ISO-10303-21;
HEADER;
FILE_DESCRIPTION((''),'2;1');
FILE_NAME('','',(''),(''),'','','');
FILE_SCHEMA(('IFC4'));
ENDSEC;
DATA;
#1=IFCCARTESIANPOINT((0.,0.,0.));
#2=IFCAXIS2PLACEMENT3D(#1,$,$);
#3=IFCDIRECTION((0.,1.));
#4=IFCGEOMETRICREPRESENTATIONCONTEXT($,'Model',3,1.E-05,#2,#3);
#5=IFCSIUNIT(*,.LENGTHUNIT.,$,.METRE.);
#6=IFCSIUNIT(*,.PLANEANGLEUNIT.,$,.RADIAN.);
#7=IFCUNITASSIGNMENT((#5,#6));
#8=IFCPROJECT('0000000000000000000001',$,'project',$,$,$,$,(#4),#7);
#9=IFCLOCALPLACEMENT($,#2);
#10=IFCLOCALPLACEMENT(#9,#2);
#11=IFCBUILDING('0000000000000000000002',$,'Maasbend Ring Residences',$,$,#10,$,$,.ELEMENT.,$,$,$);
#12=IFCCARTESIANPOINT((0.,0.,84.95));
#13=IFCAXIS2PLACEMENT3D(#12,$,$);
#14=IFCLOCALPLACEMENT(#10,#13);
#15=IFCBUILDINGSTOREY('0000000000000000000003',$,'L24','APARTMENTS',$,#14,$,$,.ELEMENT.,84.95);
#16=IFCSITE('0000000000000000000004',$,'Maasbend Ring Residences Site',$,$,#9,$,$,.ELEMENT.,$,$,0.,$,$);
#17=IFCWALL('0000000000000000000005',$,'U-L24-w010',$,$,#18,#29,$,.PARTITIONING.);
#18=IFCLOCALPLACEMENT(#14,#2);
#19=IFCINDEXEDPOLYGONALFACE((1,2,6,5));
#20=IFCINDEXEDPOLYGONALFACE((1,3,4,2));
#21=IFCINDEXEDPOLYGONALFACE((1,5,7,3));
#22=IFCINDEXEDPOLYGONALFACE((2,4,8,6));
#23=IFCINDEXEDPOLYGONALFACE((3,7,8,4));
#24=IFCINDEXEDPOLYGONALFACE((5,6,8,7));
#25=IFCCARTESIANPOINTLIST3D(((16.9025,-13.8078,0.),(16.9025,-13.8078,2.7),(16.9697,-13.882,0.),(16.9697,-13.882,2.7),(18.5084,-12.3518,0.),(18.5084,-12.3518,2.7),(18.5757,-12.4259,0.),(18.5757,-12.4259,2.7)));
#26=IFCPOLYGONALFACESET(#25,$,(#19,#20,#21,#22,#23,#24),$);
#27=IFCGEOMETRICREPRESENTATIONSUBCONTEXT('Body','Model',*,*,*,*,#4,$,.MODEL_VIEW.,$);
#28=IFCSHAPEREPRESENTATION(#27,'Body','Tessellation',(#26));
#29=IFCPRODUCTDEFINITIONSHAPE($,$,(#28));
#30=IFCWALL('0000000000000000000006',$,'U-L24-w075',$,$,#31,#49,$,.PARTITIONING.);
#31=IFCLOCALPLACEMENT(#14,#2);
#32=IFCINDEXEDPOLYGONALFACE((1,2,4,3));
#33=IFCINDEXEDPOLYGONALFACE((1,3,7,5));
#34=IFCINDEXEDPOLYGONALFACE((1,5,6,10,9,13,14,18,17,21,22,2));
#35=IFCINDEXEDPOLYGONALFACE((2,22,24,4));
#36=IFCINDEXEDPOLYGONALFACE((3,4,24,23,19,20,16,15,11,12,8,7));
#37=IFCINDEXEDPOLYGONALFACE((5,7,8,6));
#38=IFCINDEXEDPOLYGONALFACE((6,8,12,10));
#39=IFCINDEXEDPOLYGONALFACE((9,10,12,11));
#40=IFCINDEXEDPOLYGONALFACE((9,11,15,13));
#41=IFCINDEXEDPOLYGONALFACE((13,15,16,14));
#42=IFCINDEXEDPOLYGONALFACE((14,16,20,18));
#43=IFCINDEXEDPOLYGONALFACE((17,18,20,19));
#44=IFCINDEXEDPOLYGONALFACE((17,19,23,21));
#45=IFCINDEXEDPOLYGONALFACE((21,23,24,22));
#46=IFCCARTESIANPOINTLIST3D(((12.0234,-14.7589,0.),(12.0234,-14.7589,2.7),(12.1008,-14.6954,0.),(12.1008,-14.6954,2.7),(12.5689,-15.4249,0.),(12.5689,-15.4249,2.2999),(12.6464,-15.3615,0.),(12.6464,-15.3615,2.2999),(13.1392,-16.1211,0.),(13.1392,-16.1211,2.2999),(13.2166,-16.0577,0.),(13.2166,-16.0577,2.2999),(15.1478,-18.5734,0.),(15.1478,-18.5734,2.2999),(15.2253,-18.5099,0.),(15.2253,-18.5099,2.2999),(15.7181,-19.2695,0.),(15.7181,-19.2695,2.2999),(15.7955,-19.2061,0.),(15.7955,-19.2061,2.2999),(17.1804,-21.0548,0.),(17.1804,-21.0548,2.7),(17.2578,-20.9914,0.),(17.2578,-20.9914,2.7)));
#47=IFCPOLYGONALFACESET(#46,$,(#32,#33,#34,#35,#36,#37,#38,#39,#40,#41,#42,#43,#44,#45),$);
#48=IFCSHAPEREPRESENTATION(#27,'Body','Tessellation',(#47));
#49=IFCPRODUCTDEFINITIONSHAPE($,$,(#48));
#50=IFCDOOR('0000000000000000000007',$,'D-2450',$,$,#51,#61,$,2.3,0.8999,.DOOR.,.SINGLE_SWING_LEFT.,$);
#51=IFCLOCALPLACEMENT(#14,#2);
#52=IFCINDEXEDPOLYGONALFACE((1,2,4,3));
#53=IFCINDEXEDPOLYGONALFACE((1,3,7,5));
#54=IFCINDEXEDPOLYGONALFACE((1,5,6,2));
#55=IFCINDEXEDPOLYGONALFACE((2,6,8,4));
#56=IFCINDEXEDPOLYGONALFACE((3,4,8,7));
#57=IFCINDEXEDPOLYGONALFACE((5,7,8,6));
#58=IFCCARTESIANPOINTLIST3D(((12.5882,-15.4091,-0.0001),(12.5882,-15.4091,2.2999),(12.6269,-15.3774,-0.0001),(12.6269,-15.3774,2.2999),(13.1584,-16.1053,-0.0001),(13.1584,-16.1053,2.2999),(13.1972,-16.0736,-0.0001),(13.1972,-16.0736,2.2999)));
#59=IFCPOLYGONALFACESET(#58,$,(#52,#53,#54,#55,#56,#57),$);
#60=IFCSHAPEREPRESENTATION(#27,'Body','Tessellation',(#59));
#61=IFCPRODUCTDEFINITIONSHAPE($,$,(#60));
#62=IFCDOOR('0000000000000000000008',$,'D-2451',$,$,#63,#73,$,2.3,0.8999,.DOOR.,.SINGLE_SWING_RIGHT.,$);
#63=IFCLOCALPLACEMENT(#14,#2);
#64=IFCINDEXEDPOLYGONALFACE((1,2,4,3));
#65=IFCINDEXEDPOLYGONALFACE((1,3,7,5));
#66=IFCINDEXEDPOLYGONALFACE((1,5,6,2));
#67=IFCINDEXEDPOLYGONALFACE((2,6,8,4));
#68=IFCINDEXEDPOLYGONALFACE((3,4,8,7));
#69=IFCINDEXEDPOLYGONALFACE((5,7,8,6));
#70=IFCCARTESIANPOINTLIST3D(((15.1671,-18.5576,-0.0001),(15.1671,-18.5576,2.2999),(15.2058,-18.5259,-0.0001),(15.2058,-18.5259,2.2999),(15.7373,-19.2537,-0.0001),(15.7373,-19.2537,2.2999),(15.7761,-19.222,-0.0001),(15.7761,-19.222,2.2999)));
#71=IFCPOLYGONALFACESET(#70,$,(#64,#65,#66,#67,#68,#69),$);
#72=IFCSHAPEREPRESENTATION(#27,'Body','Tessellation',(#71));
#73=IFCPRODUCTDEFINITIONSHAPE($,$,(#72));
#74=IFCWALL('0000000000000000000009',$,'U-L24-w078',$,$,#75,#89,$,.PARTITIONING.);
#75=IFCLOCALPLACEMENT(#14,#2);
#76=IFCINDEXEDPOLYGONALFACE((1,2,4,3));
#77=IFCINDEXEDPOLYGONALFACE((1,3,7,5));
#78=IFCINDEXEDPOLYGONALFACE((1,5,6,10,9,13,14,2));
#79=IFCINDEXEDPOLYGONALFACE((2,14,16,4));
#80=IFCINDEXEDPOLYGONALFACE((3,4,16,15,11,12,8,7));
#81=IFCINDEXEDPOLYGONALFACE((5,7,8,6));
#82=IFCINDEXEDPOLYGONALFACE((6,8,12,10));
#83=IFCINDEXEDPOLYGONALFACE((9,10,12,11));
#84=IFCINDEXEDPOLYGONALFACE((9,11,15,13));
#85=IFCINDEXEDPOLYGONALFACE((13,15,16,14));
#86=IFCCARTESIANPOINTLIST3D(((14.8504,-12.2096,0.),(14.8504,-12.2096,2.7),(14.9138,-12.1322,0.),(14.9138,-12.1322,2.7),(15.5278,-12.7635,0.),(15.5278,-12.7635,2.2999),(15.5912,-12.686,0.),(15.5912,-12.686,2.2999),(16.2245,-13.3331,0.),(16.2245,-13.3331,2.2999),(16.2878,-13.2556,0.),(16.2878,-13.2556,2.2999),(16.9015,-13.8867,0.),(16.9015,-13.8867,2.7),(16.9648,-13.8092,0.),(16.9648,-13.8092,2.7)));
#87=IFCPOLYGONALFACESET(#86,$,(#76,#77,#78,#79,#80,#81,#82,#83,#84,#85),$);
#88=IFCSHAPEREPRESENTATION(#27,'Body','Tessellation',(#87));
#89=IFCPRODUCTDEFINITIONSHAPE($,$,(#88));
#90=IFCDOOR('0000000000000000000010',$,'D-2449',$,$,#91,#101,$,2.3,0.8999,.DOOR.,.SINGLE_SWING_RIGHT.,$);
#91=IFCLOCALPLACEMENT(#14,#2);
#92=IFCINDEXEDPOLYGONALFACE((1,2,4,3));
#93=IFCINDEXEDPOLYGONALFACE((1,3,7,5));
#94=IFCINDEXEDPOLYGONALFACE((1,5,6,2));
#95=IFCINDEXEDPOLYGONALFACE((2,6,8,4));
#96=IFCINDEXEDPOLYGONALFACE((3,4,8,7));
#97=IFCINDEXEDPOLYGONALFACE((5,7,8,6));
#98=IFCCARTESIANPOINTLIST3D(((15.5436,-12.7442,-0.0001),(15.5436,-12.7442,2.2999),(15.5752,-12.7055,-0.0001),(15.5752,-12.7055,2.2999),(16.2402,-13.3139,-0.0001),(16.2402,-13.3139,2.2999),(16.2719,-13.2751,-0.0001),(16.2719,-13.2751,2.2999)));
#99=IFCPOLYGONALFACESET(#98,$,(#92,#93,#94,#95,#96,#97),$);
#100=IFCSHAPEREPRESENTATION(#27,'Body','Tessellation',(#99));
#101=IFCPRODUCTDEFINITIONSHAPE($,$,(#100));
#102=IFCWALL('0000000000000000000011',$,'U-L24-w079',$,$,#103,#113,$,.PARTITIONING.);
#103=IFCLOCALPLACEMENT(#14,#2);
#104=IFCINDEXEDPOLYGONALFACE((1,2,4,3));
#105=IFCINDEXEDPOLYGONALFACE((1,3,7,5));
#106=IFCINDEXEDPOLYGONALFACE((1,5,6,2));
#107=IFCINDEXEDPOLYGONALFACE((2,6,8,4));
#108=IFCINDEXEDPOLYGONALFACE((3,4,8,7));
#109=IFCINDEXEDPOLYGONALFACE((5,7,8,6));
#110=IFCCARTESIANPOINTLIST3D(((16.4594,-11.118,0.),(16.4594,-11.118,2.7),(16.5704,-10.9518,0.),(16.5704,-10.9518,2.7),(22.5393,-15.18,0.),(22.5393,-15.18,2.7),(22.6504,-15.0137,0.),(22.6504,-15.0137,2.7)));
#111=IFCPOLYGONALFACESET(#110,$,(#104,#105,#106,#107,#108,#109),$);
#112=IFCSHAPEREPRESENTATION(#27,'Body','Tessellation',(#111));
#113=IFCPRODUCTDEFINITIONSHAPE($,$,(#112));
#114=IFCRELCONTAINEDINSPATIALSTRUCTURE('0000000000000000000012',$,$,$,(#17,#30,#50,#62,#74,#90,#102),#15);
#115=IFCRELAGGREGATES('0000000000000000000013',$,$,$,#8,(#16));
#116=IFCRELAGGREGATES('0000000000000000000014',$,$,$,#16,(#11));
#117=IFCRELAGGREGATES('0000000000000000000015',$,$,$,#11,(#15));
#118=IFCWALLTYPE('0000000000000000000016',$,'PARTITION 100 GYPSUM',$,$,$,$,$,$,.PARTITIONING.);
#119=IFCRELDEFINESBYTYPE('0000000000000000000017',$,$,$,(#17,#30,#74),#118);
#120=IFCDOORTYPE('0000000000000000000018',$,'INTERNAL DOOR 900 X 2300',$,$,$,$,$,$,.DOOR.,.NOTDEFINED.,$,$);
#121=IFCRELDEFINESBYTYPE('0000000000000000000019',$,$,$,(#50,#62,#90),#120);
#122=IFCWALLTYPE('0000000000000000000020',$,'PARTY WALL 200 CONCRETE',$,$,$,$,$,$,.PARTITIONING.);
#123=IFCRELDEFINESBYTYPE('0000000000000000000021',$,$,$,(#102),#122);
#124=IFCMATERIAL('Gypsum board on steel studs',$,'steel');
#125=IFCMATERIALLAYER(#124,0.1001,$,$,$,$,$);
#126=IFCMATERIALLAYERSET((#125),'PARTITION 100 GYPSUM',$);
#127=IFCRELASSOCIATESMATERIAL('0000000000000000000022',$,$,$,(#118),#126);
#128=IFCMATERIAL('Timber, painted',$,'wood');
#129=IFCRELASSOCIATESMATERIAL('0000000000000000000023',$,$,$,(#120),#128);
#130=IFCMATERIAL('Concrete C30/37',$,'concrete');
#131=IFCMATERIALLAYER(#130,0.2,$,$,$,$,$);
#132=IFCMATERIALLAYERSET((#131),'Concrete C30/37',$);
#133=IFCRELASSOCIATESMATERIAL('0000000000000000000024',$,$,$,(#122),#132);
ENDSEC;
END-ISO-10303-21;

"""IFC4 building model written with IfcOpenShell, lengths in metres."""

from ifc_helpers import new_model, si_unit, direction, frame, frame_2d, origin, place, context, subcontext, project, spatial, rectangle, extrude, material, layer, layer_set, type_object, element, fill, save


model = new_model("IFC4")

# Units and contexts
model_context = context("Model", 3, precision=1e-05, world=origin(), true_north=direction((0.0, 1.0)))
body_context = subcontext(model_context, "Body", "Model", "MODEL_VIEW")
ifc_project = project(units=[si_unit("LENGTHUNIT", "METRE"), si_unit("PLANEANGLEUNIT", "RADIAN")], contexts=[model_context])

# Site, building, storey
site_placement = place(None, origin())
site = spatial("IfcSite", under=ifc_project, at=site_placement, Name="Maasbend Ring Residences Site", CompositionType="ELEMENT", RefElevation=0.0)
building_placement = place(site_placement, origin())
building = spatial("IfcBuilding", under=site, at=building_placement, Name="Maasbend Ring Residences", CompositionType="ELEMENT")
storey_placement = place(building_placement, frame((0.0, 0.0, 84.95)))
storey = spatial("IfcBuildingStorey", under=building, at=storey_placement, Name="L24", Description="APARTMENTS", CompositionType="ELEMENT", Elevation=84.95)

# Wall
ifc_material_1 = material(Name="Gypsum board on steel studs", Category="steel")
ifc_layer_1 = layer(ifc_material_1, 0.1001)
ifc_layer_set_1 = layer_set([ifc_layer_1], Name="PARTITION 100 GYPSUM")
wall_type_1 = type_object("IfcWallType", Name="PARTITION 100 GYPSUM", PredefinedType="PARTITIONING", material=ifc_layer_set_1)
wall_1_placement = place(storey_placement, frame((16.936, -13.845, 0.0), z_axis=(0.0, 0.0, 1.0), x_axis=(0.740836, 0.671686, 0.0)))
element("IfcWall", 1, at=wall_1_placement, inside=storey, type_object=wall_type_1, Name="U-L24-w010", PredefinedType="PARTITIONING", context=body_context, shape_type="SweptSolid", body=[
    extrude(rectangle(XDim=2.1677, YDim=0.1001, at=frame_2d((1.084, 0.0))), origin(), (0.0, 0.0, 1.0), 2.7),
])

# Wall, openings, doors
wall_2_placement = place(storey_placement, frame((12.062, -14.7271, 0.0), z_axis=(0.0, 0.0, 1.0), x_axis=(0.633664, -0.773608, 0.0)))
wall_2 = element("IfcWall", 2, at=wall_2_placement, inside=storey, type_object=wall_type_1, Name="U-L24-w075", PredefinedType="PARTITIONING", context=body_context, shape_type="SweptSolid", body=[
    extrude(rectangle(XDim=8.1384, YDim=0.1001, at=frame_2d((4.0693, 0.0))), origin(), (0.0, 0.0, 1.0), 2.7),
])
opening_1_placement = place(wall_2_placement, frame((0.8611, 0.0, 0.0)))
opening_1 = element("IfcOpeningElement", 3, at=opening_1_placement, cuts=wall_2, PredefinedType="OPENING", context=body_context, shape_type="SweptSolid", body=[
    extrude(rectangle(XDim=0.8999, YDim=2.3, at=frame_2d((0.45, 1.1499))), frame((0.0, 0.0601, 0.0), z_axis=(0.0, -1.0, 0.0), x_axis=(1.0, 0.0, 0.0)), (0.0, 0.0, 1.0), 0.1201),
])
opening_2_placement = place(wall_2_placement, frame((4.9309, 0.0, 0.0)))
opening_2 = element("IfcOpeningElement", 4, at=opening_2_placement, cuts=wall_2, PredefinedType="OPENING", context=body_context, shape_type="SweptSolid", body=[
    extrude(rectangle(XDim=0.8999, YDim=2.3, at=frame_2d((0.45, 1.1499))), frame((0.0, 0.0601, 0.0), z_axis=(0.0, -1.0, 0.0), x_axis=(1.0, 0.0, 0.0)), (0.0, 0.0, 1.0), 0.1201),
])
ifc_material_2 = material(Name="Timber, painted", Category="wood")
door_type_1 = type_object("IfcDoorType", Name="INTERNAL DOOR 900 X 2300", OperationType="NOTDEFINED", PredefinedType="DOOR", material=ifc_material_2)
door_1_placement = place(opening_1_placement, origin())
door_1 = element("IfcDoor", 5, at=door_1_placement, inside=storey, type_object=door_type_1, Name="D-2450", OperationType="SINGLE_SWING_LEFT", OverallHeight=2.3, OverallWidth=0.8999, PredefinedType="DOOR", context=body_context, shape_type="SweptSolid", body=[
    extrude(rectangle(XDim=0.8999, YDim=2.3, at=frame_2d((0.45, 1.1499))), frame((0.0, 0.0249, 0.0), z_axis=(0.0, -1.0, 0.0), x_axis=(1.0, 0.0, 0.0)), (0.0, 0.0, 1.0), 0.05),
])
fill(opening_1, door_1)
door_2_placement = place(opening_2_placement, origin())
door_2 = element("IfcDoor", 6, at=door_2_placement, inside=storey, type_object=door_type_1, Name="D-2451", OperationType="SINGLE_SWING_RIGHT", OverallHeight=2.3, OverallWidth=0.8999, PredefinedType="DOOR", context=body_context, shape_type="SweptSolid", body=[
    extrude(rectangle(XDim=0.8999, YDim=2.3, at=frame_2d((0.45, 1.1499))), frame((0.0, 0.0249, 0.0), z_axis=(0.0, -1.0, 0.0), x_axis=(1.0, 0.0, 0.0)), (0.0, 0.0, 1.0), 0.05),
])
fill(opening_2, door_2)

# Wall, opening, door
wall_3_placement = place(storey_placement, frame((14.8821, -12.1709, 0.0), z_axis=(0.0, 0.0, 1.0), x_axis=(0.774163, -0.632987, 0.0)))
wall_3 = element("IfcWall", 7, at=wall_3_placement, inside=storey, type_object=wall_type_1, Name="U-L24-w078", PredefinedType="PARTITIONING", context=body_context, shape_type="SweptSolid", body=[
    extrude(rectangle(XDim=2.6494, YDim=0.1001, at=frame_2d((1.3247, 0.0))), origin(), (0.0, 0.0, 1.0), 2.7),
])
opening_3_placement = place(wall_3_placement, frame((0.875, 0.0, 0.0)))
opening_3 = element("IfcOpeningElement", 8, at=opening_3_placement, cuts=wall_3, PredefinedType="OPENING", context=body_context, shape_type="SweptSolid", body=[
    extrude(rectangle(XDim=0.8999, YDim=2.3, at=frame_2d((0.45, 1.1499))), frame((0.0, 0.0601, 0.0), z_axis=(0.0, -1.0, 0.0), x_axis=(1.0, 0.0, 0.0)), (0.0, 0.0, 1.0), 0.1201),
])
door_3_placement = place(opening_3_placement, origin())
door_3 = element("IfcDoor", 9, at=door_3_placement, inside=storey, type_object=door_type_1, Name="D-2449", OperationType="SINGLE_SWING_RIGHT", OverallHeight=2.3, OverallWidth=0.8999, PredefinedType="DOOR", context=body_context, shape_type="SweptSolid", body=[
    extrude(rectangle(XDim=0.8999, YDim=2.3, at=frame_2d((0.45, 1.1499))), frame((0.0, 0.0249, 0.0), z_axis=(0.0, -1.0, 0.0), x_axis=(1.0, 0.0, 0.0)), (0.0, 0.0, 1.0), 0.05),
])
fill(opening_3, door_3)

# Wall
ifc_material_3 = material(Name="Concrete C30/37", Category="concrete")
ifc_layer_2 = layer(ifc_material_3, 0.2)
ifc_layer_set_2 = layer_set([ifc_layer_2], Name="Concrete C30/37")
wall_type_2 = type_object("IfcWallType", Name="PARTY WALL 200 CONCRETE", PredefinedType="PARTITIONING", material=ifc_layer_set_2)
wall_4_placement = place(storey_placement, frame((16.5149, -11.0349, 0.0), z_axis=(0.0, 0.0, 1.0), x_axis=(0.831505, -0.555517, 0.0)))
element("IfcWall", 10, at=wall_4_placement, inside=storey, type_object=wall_type_2, Name="U-L24-w079", PredefinedType="PARTITIONING", context=body_context, shape_type="SweptSolid", body=[
    extrude(rectangle(XDim=7.312, YDim=0.2, at=frame_2d((3.656, 0.0))), origin(), (0.0, 0.0, 1.0), 2.7),
])

save(model, "model.ifc")
